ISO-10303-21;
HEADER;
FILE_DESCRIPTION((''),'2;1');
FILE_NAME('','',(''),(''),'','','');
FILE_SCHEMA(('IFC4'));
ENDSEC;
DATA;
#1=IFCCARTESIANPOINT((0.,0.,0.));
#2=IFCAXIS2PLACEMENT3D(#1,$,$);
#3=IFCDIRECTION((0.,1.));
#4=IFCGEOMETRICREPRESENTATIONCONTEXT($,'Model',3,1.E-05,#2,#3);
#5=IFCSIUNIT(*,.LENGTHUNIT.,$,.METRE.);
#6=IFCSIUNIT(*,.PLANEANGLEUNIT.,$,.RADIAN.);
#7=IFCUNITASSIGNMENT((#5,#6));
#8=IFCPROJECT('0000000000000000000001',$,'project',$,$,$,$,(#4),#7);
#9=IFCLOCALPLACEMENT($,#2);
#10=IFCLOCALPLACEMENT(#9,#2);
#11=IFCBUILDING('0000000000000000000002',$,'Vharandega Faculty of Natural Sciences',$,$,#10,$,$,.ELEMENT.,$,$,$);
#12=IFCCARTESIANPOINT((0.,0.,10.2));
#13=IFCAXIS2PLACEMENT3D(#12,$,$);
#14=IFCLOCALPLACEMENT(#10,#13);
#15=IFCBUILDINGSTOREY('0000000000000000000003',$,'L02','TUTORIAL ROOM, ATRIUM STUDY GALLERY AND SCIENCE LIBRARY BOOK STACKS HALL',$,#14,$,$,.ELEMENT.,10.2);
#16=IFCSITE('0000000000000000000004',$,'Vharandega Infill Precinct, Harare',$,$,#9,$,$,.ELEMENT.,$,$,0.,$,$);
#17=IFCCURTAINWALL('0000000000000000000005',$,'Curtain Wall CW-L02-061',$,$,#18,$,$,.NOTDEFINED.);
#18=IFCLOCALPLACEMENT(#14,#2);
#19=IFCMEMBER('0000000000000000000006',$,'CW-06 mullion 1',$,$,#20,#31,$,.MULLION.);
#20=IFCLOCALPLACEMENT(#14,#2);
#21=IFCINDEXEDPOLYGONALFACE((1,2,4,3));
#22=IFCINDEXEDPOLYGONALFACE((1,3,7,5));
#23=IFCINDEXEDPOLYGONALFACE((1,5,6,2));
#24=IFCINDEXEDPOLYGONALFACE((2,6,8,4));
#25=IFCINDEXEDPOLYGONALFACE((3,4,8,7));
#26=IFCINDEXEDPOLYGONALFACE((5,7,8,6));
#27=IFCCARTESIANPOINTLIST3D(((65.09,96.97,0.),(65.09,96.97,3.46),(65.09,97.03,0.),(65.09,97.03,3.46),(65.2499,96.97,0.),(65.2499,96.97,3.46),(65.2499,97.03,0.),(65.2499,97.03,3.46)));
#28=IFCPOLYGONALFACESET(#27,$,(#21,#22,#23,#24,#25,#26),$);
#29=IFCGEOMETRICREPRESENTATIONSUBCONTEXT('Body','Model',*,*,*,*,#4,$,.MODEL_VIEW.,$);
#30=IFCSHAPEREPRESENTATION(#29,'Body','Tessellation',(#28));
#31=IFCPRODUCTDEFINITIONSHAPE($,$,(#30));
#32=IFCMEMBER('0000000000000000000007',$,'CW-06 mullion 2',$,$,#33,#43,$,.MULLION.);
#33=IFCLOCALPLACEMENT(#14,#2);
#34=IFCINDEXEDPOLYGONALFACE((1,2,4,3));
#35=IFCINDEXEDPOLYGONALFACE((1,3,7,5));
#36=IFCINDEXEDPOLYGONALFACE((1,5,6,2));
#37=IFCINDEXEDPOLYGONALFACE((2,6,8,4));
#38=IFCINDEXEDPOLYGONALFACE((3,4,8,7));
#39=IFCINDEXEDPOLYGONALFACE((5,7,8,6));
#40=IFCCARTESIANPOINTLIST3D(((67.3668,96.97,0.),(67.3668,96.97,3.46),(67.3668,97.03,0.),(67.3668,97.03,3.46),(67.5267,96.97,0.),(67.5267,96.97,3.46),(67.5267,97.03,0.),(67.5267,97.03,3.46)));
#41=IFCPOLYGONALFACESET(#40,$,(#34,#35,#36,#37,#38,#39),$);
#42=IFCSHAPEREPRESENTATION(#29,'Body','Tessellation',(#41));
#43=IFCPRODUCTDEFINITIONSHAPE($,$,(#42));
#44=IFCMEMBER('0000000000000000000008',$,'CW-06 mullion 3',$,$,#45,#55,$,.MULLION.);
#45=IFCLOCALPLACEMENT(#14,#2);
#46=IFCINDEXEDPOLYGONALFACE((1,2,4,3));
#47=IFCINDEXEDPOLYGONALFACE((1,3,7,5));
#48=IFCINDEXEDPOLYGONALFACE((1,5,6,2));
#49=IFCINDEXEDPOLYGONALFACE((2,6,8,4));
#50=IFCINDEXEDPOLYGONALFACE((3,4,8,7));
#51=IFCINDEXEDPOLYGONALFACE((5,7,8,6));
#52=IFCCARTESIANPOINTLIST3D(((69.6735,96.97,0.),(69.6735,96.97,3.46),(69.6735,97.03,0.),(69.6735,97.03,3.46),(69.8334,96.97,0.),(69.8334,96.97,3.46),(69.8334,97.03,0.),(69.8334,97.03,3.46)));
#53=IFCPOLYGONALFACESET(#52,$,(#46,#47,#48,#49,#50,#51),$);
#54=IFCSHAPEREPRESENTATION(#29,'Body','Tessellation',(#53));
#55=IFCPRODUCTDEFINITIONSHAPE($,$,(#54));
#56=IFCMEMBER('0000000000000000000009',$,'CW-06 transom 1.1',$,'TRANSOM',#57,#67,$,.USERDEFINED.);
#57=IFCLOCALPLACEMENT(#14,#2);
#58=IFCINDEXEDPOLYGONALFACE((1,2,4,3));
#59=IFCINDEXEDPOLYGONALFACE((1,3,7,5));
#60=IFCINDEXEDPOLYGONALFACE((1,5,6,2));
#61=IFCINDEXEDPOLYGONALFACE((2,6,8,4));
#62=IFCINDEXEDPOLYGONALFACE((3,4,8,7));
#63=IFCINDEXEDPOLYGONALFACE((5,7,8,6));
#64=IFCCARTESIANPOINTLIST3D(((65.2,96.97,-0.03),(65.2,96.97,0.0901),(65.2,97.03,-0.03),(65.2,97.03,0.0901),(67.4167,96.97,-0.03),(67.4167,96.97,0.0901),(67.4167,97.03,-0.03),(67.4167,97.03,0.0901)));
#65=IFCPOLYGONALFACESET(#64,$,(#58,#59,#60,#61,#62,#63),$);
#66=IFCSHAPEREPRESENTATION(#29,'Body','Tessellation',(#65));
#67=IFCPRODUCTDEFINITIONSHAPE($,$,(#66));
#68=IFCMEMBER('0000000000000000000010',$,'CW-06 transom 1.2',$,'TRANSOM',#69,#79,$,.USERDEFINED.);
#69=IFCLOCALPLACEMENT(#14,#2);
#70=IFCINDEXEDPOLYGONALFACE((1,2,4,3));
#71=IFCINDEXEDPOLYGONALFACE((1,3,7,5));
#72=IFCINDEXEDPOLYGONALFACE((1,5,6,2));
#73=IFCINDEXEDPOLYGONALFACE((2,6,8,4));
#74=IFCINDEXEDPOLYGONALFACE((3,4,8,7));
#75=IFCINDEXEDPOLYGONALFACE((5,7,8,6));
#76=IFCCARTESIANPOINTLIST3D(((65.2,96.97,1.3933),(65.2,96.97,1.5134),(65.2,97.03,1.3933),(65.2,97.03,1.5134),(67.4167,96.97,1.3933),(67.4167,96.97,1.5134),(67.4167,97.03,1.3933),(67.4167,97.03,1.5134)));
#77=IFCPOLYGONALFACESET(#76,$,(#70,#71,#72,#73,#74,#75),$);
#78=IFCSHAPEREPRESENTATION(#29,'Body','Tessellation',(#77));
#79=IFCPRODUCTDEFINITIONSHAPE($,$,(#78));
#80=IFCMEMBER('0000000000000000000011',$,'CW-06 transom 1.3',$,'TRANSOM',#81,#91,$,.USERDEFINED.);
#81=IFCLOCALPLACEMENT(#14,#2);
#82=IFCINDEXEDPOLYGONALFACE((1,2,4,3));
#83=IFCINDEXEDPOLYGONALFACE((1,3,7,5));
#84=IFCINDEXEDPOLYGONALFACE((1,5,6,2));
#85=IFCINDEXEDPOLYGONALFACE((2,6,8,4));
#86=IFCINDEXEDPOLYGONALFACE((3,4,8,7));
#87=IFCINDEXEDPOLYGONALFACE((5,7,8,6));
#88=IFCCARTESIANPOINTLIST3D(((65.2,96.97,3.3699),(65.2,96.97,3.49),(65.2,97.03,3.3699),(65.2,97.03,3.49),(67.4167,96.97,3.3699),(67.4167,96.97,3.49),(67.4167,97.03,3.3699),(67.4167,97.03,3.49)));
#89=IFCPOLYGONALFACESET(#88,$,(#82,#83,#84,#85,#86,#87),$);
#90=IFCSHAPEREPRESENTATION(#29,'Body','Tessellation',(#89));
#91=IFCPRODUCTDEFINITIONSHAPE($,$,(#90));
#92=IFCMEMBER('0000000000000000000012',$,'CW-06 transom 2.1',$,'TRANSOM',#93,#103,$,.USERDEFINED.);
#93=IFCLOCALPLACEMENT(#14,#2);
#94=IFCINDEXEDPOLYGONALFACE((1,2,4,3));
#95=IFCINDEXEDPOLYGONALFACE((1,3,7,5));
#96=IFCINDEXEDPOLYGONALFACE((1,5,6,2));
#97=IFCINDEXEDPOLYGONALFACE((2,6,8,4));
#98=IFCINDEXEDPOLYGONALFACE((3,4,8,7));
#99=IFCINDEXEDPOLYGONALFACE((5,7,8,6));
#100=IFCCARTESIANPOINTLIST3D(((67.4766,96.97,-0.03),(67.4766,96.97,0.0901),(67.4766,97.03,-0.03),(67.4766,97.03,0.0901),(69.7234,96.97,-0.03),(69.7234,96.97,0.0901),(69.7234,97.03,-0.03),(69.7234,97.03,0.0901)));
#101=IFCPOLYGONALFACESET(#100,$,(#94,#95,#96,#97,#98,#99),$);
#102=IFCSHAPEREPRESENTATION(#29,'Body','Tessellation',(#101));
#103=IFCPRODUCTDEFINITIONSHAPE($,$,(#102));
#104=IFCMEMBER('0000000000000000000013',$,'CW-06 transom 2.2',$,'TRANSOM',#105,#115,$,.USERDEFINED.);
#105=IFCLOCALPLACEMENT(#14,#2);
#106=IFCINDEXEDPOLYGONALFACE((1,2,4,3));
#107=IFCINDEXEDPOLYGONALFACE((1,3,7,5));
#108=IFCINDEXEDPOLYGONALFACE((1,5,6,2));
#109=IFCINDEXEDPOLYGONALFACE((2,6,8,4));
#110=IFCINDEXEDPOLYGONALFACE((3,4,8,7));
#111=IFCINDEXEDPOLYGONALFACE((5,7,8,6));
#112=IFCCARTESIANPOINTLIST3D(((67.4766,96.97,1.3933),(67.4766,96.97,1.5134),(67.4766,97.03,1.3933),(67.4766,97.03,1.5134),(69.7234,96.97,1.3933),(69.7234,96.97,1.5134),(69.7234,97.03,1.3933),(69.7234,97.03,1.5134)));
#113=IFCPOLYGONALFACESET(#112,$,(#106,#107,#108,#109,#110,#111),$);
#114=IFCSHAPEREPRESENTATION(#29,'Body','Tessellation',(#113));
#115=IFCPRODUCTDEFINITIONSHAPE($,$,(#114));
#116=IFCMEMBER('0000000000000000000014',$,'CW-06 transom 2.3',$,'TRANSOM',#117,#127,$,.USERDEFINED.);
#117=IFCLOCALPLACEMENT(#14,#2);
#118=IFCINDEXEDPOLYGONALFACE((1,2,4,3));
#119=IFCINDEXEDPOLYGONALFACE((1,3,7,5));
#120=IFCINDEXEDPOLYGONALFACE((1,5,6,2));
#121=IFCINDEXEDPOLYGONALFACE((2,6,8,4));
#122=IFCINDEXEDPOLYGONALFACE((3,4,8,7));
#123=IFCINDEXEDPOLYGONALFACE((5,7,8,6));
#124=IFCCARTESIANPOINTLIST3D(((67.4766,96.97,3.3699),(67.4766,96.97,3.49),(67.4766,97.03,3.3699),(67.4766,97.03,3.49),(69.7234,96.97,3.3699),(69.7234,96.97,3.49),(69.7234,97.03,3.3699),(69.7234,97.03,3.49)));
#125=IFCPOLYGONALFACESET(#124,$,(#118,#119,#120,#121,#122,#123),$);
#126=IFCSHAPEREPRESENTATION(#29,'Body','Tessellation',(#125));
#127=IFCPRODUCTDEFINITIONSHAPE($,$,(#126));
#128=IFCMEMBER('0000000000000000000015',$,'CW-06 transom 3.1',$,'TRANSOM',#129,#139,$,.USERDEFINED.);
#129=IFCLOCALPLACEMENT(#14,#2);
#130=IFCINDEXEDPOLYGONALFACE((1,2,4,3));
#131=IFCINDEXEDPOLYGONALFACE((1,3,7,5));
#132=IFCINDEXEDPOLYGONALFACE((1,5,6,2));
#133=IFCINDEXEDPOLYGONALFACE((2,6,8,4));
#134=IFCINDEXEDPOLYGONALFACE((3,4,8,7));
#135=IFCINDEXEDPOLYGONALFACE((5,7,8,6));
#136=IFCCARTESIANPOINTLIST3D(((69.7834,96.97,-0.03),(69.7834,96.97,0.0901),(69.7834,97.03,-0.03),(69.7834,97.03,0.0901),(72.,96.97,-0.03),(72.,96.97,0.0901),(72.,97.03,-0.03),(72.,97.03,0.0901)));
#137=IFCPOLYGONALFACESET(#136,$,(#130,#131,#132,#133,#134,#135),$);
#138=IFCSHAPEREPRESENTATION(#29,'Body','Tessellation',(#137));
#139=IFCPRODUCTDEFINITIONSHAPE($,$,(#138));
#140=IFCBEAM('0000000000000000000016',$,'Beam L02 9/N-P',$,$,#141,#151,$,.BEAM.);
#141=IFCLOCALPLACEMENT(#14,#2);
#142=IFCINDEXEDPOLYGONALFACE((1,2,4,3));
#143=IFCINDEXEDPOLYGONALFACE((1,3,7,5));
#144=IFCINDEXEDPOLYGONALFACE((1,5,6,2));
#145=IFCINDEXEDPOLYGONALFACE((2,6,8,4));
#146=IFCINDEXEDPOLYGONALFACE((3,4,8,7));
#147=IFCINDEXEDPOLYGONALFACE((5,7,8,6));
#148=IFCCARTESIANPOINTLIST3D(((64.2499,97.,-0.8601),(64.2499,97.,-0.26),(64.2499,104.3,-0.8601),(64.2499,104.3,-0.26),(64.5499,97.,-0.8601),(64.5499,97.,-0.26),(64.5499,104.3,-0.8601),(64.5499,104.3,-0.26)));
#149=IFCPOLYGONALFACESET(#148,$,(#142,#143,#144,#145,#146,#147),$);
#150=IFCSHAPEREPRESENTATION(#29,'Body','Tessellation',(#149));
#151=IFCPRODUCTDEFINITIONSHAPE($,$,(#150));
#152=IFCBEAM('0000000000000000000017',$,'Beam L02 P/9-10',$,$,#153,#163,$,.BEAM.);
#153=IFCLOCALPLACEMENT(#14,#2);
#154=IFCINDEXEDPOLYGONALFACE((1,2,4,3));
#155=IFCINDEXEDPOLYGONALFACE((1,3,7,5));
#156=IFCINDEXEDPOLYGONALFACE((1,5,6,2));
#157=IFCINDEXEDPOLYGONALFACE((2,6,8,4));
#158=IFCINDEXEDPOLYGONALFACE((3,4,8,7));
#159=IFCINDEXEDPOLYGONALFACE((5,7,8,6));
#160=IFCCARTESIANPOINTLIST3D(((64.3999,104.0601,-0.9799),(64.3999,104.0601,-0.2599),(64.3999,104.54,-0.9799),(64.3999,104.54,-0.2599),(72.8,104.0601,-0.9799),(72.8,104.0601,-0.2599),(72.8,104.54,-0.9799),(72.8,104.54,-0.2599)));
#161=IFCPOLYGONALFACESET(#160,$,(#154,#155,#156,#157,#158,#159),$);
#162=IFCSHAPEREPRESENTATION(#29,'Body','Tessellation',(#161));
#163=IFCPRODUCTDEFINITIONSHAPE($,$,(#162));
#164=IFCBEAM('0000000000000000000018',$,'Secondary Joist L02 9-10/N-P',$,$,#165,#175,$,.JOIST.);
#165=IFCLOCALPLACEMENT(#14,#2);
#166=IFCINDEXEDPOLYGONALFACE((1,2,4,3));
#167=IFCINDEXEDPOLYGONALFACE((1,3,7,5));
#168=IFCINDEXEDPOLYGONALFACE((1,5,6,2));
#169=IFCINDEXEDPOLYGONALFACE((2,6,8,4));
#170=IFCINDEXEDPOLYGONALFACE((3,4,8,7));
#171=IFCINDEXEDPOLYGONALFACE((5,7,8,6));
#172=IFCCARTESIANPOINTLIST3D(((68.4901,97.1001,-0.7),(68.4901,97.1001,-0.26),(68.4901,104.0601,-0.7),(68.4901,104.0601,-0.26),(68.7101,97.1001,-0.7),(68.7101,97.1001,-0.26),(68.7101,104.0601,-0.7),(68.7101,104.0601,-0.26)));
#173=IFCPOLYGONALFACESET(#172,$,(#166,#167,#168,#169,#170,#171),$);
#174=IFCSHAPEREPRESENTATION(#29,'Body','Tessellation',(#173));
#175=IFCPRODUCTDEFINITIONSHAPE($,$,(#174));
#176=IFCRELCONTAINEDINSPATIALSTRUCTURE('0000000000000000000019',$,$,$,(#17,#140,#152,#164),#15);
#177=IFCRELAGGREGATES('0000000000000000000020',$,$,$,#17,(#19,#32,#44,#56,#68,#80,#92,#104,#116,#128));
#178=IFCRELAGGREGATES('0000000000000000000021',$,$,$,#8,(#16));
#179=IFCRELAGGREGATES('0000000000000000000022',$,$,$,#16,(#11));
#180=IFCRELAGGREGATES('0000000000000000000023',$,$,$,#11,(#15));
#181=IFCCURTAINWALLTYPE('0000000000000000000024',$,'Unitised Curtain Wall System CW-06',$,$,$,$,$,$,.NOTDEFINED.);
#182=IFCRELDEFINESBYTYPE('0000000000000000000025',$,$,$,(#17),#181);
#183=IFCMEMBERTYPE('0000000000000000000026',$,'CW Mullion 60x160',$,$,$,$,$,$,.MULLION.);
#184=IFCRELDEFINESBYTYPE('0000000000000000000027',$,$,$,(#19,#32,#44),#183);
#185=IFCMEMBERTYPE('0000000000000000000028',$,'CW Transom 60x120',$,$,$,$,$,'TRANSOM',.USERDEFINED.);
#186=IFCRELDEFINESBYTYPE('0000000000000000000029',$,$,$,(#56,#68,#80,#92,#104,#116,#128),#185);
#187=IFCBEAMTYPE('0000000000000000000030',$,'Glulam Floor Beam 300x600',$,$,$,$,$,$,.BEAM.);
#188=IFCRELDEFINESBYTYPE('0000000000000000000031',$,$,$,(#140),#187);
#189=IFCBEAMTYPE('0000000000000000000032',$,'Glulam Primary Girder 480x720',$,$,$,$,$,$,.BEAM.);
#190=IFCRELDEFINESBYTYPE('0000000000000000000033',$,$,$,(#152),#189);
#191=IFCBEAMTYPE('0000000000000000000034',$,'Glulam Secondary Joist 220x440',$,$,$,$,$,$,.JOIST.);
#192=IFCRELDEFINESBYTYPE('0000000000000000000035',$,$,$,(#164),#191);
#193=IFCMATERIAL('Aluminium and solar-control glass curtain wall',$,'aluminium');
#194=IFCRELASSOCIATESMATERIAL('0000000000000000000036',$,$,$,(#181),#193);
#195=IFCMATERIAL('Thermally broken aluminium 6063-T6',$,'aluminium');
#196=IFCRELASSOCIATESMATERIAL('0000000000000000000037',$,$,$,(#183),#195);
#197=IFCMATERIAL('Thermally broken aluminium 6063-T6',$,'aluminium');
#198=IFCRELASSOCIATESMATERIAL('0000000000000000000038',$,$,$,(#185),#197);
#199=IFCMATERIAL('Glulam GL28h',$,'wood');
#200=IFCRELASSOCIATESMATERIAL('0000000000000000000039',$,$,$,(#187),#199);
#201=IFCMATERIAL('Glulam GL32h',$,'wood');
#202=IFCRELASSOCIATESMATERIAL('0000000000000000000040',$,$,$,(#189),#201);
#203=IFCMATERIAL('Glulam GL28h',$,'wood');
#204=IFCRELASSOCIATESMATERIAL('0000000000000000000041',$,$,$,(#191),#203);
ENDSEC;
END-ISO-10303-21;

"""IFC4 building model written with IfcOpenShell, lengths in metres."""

from ifc_helpers import new_model, si_unit, direction, frame, origin, origin_2d, place, context, subcontext, project, spatial, rectangle, extrude, material, material_profile, profile_set, type_object, element, aggregate, save


model = new_model("IFC4")

# Units and contexts
model_context = context("Model", 3, precision=1e-05, world=origin(), true_north=direction((0.0, 1.0)))
body_context = subcontext(model_context, "Body", "Model", "MODEL_VIEW")
ifc_project = project(units=[si_unit("LENGTHUNIT", "METRE"), si_unit("PLANEANGLEUNIT", "RADIAN")], contexts=[model_context])

# Site, building, storey
site_placement = place(None, origin())
site = spatial("IfcSite", under=ifc_project, at=site_placement, Name="Vharandega Infill Precinct, Harare", CompositionType="ELEMENT", RefElevation=0.0)
building_placement = place(site_placement, origin())
building = spatial("IfcBuilding", under=site, at=building_placement, Name="Vharandega Faculty of Natural Sciences", CompositionType="ELEMENT")
storey_placement = place(building_placement, frame((0.0, 0.0, 10.2)))
storey = spatial("IfcBuildingStorey", under=building, at=storey_placement, Name="L02", Description="TUTORIAL ROOM, ATRIUM STUDY GALLERY AND SCIENCE LIBRARY BOOK STACKS HALL", CompositionType="ELEMENT", Elevation=10.2)

# Curtain wall, members
ifc_material_1 = material(Name="Aluminium and solar-control glass curtain wall", Category="aluminium")
curtain_wall_type = type_object("IfcCurtainWallType", Name="Unitised Curtain Wall System CW-06", PredefinedType="NOTDEFINED", material=ifc_material_1)
curtain_wall_placement = place(storey_placement, origin())
curtain_wall = element("IfcCurtainWall", 1, at=curtain_wall_placement, inside=storey, type_object=curtain_wall_type, Name="Curtain Wall CW-L02-061", PredefinedType="NOTDEFINED")
ifc_material_2 = material(Name="Thermally broken aluminium 6063-T6", Category="aluminium")
ifc_material_profile_1 = material_profile(ifc_material_2, rectangle(XDim=0.0601, YDim=0.1599, at=origin_2d()), Name="ALU 60x160")
ifc_profile_set_1 = profile_set([ifc_material_profile_1], Name="Thermally broken aluminium 6063-T6")
member_type_1 = type_object("IfcMemberType", Name="CW Mullion 60x160", PredefinedType="MULLION", material=ifc_profile_set_1)
member_1_placement = place(storey_placement, frame((65.1699, 97.0, 0.0), z_axis=(0.0, 0.0, 1.0), x_axis=(0.0, 1.0, 0.0)))
member_1 = element("IfcMember", 2, at=member_1_placement, type_object=member_type_1, Name="CW-06 mullion 1", PredefinedType="MULLION", context=body_context, shape_type="SweptSolid", body=[
    extrude(rectangle(XDim=0.0601, YDim=0.1599, at=origin_2d()), origin(), (0.0, 0.0, 1.0), 3.46),
])
member_2_placement = place(storey_placement, frame((67.4468, 97.0, 0.0), z_axis=(0.0, 0.0, 1.0), x_axis=(0.0, 1.0, 0.0)))
member_2 = element("IfcMember", 3, at=member_2_placement, type_object=member_type_1, Name="CW-06 mullion 2", PredefinedType="MULLION", context=body_context, shape_type="SweptSolid", body=[
    extrude(rectangle(XDim=0.0601, YDim=0.1599, at=origin_2d()), origin(), (0.0, 0.0, 1.0), 3.46),
])
member_3_placement = place(storey_placement, frame((69.7534, 97.0, 0.0), z_axis=(0.0, 0.0, 1.0), x_axis=(0.0, 1.0, 0.0)))
member_3 = element("IfcMember", 4, at=member_3_placement, type_object=member_type_1, Name="CW-06 mullion 3", PredefinedType="MULLION", context=body_context, shape_type="SweptSolid", body=[
    extrude(rectangle(XDim=0.0601, YDim=0.1599, at=origin_2d()), origin(), (0.0, 0.0, 1.0), 3.46),
])
ifc_material_3 = material(Name="Thermally broken aluminium 6063-T6", Category="aluminium")
ifc_material_profile_2 = material_profile(ifc_material_3, rectangle(XDim=0.0601, YDim=0.1201, at=origin_2d()), Name="ALU 60x120")
ifc_profile_set_2 = profile_set([ifc_material_profile_2], Name="Thermally broken aluminium 6063-T6")
member_type_2 = type_object("IfcMemberType", Name="CW Transom 60x120", ElementType="TRANSOM", PredefinedType="USERDEFINED", material=ifc_profile_set_2)
member_4_placement = place(storey_placement, frame((65.2, 97.0, 0.03), z_axis=(1.0, 0.0, 0.0), x_axis=(0.0, 1.0, 0.0)))
member_4 = element("IfcMember", 5, at=member_4_placement, type_object=member_type_2, Name="CW-06 transom 1.1", ObjectType="TRANSOM", PredefinedType="USERDEFINED", context=body_context, shape_type="SweptSolid", body=[
    extrude(rectangle(XDim=0.0601, YDim=0.1201, at=origin_2d()), origin(), (0.0, 0.0, 1.0), 2.2168),
])
member_5_placement = place(storey_placement, frame((65.2, 97.0, 1.4534), z_axis=(1.0, 0.0, 0.0), x_axis=(0.0, 1.0, 0.0)))
member_5 = element("IfcMember", 6, at=member_5_placement, type_object=member_type_2, Name="CW-06 transom 1.2", ObjectType="TRANSOM", PredefinedType="USERDEFINED", context=body_context, shape_type="SweptSolid", body=[
    extrude(rectangle(XDim=0.0601, YDim=0.1201, at=origin_2d()), origin(), (0.0, 0.0, 1.0), 2.2168),
])
member_6_placement = place(storey_placement, frame((65.2, 97.0, 3.4299), z_axis=(1.0, 0.0, 0.0), x_axis=(0.0, 1.0, 0.0)))
member_6 = element("IfcMember", 7, at=member_6_placement, type_object=member_type_2, Name="CW-06 transom 1.3", ObjectType="TRANSOM", PredefinedType="USERDEFINED", context=body_context, shape_type="SweptSolid", body=[
    extrude(rectangle(XDim=0.0601, YDim=0.1201, at=origin_2d()), origin(), (0.0, 0.0, 1.0), 2.2168),
])
member_7_placement = place(storey_placement, frame((67.4766, 97.0, 0.03), z_axis=(1.0, 0.0, 0.0), x_axis=(0.0, 1.0, 0.0)))
member_7 = element("IfcMember", 8, at=member_7_placement, type_object=member_type_2, Name="CW-06 transom 2.1", ObjectType="TRANSOM", PredefinedType="USERDEFINED", context=body_context, shape_type="SweptSolid", body=[
    extrude(rectangle(XDim=0.0601, YDim=0.1201, at=origin_2d()), origin(), (0.0, 0.0, 1.0), 2.2468),
])
member_8_placement = place(storey_placement, frame((67.4766, 97.0, 1.4534), z_axis=(1.0, 0.0, 0.0), x_axis=(0.0, 1.0, 0.0)))
member_8 = element("IfcMember", 9, at=member_8_placement, type_object=member_type_2, Name="CW-06 transom 2.2", ObjectType="TRANSOM", PredefinedType="USERDEFINED", context=body_context, shape_type="SweptSolid", body=[
    extrude(rectangle(XDim=0.0601, YDim=0.1201, at=origin_2d()), origin(), (0.0, 0.0, 1.0), 2.2468),
])
member_9_placement = place(storey_placement, frame((67.4766, 97.0, 3.4299), z_axis=(1.0, 0.0, 0.0), x_axis=(0.0, 1.0, 0.0)))
member_9 = element("IfcMember", 10, at=member_9_placement, type_object=member_type_2, Name="CW-06 transom 2.3", ObjectType="TRANSOM", PredefinedType="USERDEFINED", context=body_context, shape_type="SweptSolid", body=[
    extrude(rectangle(XDim=0.0601, YDim=0.1201, at=origin_2d()), origin(), (0.0, 0.0, 1.0), 2.2468),
])
member_10_placement = place(storey_placement, frame((69.7834, 97.0, 0.03), z_axis=(1.0, 0.0, 0.0), x_axis=(0.0, 1.0, 0.0)))
member_10 = element("IfcMember", 11, at=member_10_placement, type_object=member_type_2, Name="CW-06 transom 3.1", ObjectType="TRANSOM", PredefinedType="USERDEFINED", context=body_context, shape_type="SweptSolid", body=[
    extrude(rectangle(XDim=0.0601, YDim=0.1201, at=origin_2d()), origin(), (0.0, 0.0, 1.0), 2.2166),
])

# Beams
ifc_material_4 = material(Name="Glulam GL28h", Category="wood")
ifc_material_profile_3 = material_profile(ifc_material_4, rectangle(XDim=0.3, YDim=0.6001, at=origin_2d()), Name="GL28h 300x600")
ifc_profile_set_3 = profile_set([ifc_material_profile_3], Name="Glulam GL28h")
beam_type_1 = type_object("IfcBeamType", Name="Glulam Floor Beam 300x600", PredefinedType="BEAM", material=ifc_profile_set_3)
beam_1_placement = place(storey_placement, frame((64.3999, 97.0, -0.5601), z_axis=(0.0, 1.0, 0.0), x_axis=(-1.0, 0.0, 0.0)))
element("IfcBeam", 12, at=beam_1_placement, inside=storey, type_object=beam_type_1, Name="Beam L02 9/N-P", PredefinedType="BEAM", context=body_context, shape_type="SweptSolid", body=[
    extrude(rectangle(XDim=0.3, YDim=0.6001, at=origin_2d()), origin(), (0.0, 0.0, 1.0), 7.3),
])
ifc_material_5 = material(Name="Glulam GL32h", Category="wood")
ifc_material_profile_4 = material_profile(ifc_material_5, rectangle(XDim=0.48, YDim=0.72, at=origin_2d()), Name="GL32h 480x720")
ifc_profile_set_4 = profile_set([ifc_material_profile_4], Name="Glulam GL32h")
beam_type_2 = type_object("IfcBeamType", Name="Glulam Primary Girder 480x720", PredefinedType="BEAM", material=ifc_profile_set_4)
beam_2_placement = place(storey_placement, frame((64.3999, 104.3, -0.6199), z_axis=(1.0, 0.0, 0.0), x_axis=(0.0, 1.0, 0.0)))
element("IfcBeam", 13, at=beam_2_placement, inside=storey, type_object=beam_type_2, Name="Beam L02 P/9-10", PredefinedType="BEAM", context=body_context, shape_type="SweptSolid", body=[
    extrude(rectangle(XDim=0.48, YDim=0.72, at=origin_2d()), origin(), (0.0, 0.0, 1.0), 8.4001),
])
ifc_material_6 = material(Name="Glulam GL28h", Category="wood")
ifc_material_profile_5 = material_profile(ifc_material_6, rectangle(XDim=0.22, YDim=0.4399, at=origin_2d()), Name="GL28h 220x440")
ifc_profile_set_5 = profile_set([ifc_material_profile_5], Name="Glulam GL28h")
beam_type_3 = type_object("IfcBeamType", Name="Glulam Secondary Joist 220x440", PredefinedType="JOIST", material=ifc_profile_set_5)
beam_3_placement = place(storey_placement, frame((68.6001, 97.1001, -0.48), z_axis=(0.0, 1.0, 0.0), x_axis=(-1.0, 0.0, 0.0)))
element("IfcBeam", 14, at=beam_3_placement, inside=storey, type_object=beam_type_3, Name="Secondary Joist L02 9-10/N-P", PredefinedType="JOIST", context=body_context, shape_type="SweptSolid", body=[
    extrude(rectangle(XDim=0.22, YDim=0.4399, at=origin_2d()), origin(), (0.0, 0.0, 1.0), 6.96),
])

aggregate(curtain_wall, [member_1, member_2, member_3, member_4, member_5, member_6, member_7, member_8, member_9, member_10])

save(model, "model.ifc")
